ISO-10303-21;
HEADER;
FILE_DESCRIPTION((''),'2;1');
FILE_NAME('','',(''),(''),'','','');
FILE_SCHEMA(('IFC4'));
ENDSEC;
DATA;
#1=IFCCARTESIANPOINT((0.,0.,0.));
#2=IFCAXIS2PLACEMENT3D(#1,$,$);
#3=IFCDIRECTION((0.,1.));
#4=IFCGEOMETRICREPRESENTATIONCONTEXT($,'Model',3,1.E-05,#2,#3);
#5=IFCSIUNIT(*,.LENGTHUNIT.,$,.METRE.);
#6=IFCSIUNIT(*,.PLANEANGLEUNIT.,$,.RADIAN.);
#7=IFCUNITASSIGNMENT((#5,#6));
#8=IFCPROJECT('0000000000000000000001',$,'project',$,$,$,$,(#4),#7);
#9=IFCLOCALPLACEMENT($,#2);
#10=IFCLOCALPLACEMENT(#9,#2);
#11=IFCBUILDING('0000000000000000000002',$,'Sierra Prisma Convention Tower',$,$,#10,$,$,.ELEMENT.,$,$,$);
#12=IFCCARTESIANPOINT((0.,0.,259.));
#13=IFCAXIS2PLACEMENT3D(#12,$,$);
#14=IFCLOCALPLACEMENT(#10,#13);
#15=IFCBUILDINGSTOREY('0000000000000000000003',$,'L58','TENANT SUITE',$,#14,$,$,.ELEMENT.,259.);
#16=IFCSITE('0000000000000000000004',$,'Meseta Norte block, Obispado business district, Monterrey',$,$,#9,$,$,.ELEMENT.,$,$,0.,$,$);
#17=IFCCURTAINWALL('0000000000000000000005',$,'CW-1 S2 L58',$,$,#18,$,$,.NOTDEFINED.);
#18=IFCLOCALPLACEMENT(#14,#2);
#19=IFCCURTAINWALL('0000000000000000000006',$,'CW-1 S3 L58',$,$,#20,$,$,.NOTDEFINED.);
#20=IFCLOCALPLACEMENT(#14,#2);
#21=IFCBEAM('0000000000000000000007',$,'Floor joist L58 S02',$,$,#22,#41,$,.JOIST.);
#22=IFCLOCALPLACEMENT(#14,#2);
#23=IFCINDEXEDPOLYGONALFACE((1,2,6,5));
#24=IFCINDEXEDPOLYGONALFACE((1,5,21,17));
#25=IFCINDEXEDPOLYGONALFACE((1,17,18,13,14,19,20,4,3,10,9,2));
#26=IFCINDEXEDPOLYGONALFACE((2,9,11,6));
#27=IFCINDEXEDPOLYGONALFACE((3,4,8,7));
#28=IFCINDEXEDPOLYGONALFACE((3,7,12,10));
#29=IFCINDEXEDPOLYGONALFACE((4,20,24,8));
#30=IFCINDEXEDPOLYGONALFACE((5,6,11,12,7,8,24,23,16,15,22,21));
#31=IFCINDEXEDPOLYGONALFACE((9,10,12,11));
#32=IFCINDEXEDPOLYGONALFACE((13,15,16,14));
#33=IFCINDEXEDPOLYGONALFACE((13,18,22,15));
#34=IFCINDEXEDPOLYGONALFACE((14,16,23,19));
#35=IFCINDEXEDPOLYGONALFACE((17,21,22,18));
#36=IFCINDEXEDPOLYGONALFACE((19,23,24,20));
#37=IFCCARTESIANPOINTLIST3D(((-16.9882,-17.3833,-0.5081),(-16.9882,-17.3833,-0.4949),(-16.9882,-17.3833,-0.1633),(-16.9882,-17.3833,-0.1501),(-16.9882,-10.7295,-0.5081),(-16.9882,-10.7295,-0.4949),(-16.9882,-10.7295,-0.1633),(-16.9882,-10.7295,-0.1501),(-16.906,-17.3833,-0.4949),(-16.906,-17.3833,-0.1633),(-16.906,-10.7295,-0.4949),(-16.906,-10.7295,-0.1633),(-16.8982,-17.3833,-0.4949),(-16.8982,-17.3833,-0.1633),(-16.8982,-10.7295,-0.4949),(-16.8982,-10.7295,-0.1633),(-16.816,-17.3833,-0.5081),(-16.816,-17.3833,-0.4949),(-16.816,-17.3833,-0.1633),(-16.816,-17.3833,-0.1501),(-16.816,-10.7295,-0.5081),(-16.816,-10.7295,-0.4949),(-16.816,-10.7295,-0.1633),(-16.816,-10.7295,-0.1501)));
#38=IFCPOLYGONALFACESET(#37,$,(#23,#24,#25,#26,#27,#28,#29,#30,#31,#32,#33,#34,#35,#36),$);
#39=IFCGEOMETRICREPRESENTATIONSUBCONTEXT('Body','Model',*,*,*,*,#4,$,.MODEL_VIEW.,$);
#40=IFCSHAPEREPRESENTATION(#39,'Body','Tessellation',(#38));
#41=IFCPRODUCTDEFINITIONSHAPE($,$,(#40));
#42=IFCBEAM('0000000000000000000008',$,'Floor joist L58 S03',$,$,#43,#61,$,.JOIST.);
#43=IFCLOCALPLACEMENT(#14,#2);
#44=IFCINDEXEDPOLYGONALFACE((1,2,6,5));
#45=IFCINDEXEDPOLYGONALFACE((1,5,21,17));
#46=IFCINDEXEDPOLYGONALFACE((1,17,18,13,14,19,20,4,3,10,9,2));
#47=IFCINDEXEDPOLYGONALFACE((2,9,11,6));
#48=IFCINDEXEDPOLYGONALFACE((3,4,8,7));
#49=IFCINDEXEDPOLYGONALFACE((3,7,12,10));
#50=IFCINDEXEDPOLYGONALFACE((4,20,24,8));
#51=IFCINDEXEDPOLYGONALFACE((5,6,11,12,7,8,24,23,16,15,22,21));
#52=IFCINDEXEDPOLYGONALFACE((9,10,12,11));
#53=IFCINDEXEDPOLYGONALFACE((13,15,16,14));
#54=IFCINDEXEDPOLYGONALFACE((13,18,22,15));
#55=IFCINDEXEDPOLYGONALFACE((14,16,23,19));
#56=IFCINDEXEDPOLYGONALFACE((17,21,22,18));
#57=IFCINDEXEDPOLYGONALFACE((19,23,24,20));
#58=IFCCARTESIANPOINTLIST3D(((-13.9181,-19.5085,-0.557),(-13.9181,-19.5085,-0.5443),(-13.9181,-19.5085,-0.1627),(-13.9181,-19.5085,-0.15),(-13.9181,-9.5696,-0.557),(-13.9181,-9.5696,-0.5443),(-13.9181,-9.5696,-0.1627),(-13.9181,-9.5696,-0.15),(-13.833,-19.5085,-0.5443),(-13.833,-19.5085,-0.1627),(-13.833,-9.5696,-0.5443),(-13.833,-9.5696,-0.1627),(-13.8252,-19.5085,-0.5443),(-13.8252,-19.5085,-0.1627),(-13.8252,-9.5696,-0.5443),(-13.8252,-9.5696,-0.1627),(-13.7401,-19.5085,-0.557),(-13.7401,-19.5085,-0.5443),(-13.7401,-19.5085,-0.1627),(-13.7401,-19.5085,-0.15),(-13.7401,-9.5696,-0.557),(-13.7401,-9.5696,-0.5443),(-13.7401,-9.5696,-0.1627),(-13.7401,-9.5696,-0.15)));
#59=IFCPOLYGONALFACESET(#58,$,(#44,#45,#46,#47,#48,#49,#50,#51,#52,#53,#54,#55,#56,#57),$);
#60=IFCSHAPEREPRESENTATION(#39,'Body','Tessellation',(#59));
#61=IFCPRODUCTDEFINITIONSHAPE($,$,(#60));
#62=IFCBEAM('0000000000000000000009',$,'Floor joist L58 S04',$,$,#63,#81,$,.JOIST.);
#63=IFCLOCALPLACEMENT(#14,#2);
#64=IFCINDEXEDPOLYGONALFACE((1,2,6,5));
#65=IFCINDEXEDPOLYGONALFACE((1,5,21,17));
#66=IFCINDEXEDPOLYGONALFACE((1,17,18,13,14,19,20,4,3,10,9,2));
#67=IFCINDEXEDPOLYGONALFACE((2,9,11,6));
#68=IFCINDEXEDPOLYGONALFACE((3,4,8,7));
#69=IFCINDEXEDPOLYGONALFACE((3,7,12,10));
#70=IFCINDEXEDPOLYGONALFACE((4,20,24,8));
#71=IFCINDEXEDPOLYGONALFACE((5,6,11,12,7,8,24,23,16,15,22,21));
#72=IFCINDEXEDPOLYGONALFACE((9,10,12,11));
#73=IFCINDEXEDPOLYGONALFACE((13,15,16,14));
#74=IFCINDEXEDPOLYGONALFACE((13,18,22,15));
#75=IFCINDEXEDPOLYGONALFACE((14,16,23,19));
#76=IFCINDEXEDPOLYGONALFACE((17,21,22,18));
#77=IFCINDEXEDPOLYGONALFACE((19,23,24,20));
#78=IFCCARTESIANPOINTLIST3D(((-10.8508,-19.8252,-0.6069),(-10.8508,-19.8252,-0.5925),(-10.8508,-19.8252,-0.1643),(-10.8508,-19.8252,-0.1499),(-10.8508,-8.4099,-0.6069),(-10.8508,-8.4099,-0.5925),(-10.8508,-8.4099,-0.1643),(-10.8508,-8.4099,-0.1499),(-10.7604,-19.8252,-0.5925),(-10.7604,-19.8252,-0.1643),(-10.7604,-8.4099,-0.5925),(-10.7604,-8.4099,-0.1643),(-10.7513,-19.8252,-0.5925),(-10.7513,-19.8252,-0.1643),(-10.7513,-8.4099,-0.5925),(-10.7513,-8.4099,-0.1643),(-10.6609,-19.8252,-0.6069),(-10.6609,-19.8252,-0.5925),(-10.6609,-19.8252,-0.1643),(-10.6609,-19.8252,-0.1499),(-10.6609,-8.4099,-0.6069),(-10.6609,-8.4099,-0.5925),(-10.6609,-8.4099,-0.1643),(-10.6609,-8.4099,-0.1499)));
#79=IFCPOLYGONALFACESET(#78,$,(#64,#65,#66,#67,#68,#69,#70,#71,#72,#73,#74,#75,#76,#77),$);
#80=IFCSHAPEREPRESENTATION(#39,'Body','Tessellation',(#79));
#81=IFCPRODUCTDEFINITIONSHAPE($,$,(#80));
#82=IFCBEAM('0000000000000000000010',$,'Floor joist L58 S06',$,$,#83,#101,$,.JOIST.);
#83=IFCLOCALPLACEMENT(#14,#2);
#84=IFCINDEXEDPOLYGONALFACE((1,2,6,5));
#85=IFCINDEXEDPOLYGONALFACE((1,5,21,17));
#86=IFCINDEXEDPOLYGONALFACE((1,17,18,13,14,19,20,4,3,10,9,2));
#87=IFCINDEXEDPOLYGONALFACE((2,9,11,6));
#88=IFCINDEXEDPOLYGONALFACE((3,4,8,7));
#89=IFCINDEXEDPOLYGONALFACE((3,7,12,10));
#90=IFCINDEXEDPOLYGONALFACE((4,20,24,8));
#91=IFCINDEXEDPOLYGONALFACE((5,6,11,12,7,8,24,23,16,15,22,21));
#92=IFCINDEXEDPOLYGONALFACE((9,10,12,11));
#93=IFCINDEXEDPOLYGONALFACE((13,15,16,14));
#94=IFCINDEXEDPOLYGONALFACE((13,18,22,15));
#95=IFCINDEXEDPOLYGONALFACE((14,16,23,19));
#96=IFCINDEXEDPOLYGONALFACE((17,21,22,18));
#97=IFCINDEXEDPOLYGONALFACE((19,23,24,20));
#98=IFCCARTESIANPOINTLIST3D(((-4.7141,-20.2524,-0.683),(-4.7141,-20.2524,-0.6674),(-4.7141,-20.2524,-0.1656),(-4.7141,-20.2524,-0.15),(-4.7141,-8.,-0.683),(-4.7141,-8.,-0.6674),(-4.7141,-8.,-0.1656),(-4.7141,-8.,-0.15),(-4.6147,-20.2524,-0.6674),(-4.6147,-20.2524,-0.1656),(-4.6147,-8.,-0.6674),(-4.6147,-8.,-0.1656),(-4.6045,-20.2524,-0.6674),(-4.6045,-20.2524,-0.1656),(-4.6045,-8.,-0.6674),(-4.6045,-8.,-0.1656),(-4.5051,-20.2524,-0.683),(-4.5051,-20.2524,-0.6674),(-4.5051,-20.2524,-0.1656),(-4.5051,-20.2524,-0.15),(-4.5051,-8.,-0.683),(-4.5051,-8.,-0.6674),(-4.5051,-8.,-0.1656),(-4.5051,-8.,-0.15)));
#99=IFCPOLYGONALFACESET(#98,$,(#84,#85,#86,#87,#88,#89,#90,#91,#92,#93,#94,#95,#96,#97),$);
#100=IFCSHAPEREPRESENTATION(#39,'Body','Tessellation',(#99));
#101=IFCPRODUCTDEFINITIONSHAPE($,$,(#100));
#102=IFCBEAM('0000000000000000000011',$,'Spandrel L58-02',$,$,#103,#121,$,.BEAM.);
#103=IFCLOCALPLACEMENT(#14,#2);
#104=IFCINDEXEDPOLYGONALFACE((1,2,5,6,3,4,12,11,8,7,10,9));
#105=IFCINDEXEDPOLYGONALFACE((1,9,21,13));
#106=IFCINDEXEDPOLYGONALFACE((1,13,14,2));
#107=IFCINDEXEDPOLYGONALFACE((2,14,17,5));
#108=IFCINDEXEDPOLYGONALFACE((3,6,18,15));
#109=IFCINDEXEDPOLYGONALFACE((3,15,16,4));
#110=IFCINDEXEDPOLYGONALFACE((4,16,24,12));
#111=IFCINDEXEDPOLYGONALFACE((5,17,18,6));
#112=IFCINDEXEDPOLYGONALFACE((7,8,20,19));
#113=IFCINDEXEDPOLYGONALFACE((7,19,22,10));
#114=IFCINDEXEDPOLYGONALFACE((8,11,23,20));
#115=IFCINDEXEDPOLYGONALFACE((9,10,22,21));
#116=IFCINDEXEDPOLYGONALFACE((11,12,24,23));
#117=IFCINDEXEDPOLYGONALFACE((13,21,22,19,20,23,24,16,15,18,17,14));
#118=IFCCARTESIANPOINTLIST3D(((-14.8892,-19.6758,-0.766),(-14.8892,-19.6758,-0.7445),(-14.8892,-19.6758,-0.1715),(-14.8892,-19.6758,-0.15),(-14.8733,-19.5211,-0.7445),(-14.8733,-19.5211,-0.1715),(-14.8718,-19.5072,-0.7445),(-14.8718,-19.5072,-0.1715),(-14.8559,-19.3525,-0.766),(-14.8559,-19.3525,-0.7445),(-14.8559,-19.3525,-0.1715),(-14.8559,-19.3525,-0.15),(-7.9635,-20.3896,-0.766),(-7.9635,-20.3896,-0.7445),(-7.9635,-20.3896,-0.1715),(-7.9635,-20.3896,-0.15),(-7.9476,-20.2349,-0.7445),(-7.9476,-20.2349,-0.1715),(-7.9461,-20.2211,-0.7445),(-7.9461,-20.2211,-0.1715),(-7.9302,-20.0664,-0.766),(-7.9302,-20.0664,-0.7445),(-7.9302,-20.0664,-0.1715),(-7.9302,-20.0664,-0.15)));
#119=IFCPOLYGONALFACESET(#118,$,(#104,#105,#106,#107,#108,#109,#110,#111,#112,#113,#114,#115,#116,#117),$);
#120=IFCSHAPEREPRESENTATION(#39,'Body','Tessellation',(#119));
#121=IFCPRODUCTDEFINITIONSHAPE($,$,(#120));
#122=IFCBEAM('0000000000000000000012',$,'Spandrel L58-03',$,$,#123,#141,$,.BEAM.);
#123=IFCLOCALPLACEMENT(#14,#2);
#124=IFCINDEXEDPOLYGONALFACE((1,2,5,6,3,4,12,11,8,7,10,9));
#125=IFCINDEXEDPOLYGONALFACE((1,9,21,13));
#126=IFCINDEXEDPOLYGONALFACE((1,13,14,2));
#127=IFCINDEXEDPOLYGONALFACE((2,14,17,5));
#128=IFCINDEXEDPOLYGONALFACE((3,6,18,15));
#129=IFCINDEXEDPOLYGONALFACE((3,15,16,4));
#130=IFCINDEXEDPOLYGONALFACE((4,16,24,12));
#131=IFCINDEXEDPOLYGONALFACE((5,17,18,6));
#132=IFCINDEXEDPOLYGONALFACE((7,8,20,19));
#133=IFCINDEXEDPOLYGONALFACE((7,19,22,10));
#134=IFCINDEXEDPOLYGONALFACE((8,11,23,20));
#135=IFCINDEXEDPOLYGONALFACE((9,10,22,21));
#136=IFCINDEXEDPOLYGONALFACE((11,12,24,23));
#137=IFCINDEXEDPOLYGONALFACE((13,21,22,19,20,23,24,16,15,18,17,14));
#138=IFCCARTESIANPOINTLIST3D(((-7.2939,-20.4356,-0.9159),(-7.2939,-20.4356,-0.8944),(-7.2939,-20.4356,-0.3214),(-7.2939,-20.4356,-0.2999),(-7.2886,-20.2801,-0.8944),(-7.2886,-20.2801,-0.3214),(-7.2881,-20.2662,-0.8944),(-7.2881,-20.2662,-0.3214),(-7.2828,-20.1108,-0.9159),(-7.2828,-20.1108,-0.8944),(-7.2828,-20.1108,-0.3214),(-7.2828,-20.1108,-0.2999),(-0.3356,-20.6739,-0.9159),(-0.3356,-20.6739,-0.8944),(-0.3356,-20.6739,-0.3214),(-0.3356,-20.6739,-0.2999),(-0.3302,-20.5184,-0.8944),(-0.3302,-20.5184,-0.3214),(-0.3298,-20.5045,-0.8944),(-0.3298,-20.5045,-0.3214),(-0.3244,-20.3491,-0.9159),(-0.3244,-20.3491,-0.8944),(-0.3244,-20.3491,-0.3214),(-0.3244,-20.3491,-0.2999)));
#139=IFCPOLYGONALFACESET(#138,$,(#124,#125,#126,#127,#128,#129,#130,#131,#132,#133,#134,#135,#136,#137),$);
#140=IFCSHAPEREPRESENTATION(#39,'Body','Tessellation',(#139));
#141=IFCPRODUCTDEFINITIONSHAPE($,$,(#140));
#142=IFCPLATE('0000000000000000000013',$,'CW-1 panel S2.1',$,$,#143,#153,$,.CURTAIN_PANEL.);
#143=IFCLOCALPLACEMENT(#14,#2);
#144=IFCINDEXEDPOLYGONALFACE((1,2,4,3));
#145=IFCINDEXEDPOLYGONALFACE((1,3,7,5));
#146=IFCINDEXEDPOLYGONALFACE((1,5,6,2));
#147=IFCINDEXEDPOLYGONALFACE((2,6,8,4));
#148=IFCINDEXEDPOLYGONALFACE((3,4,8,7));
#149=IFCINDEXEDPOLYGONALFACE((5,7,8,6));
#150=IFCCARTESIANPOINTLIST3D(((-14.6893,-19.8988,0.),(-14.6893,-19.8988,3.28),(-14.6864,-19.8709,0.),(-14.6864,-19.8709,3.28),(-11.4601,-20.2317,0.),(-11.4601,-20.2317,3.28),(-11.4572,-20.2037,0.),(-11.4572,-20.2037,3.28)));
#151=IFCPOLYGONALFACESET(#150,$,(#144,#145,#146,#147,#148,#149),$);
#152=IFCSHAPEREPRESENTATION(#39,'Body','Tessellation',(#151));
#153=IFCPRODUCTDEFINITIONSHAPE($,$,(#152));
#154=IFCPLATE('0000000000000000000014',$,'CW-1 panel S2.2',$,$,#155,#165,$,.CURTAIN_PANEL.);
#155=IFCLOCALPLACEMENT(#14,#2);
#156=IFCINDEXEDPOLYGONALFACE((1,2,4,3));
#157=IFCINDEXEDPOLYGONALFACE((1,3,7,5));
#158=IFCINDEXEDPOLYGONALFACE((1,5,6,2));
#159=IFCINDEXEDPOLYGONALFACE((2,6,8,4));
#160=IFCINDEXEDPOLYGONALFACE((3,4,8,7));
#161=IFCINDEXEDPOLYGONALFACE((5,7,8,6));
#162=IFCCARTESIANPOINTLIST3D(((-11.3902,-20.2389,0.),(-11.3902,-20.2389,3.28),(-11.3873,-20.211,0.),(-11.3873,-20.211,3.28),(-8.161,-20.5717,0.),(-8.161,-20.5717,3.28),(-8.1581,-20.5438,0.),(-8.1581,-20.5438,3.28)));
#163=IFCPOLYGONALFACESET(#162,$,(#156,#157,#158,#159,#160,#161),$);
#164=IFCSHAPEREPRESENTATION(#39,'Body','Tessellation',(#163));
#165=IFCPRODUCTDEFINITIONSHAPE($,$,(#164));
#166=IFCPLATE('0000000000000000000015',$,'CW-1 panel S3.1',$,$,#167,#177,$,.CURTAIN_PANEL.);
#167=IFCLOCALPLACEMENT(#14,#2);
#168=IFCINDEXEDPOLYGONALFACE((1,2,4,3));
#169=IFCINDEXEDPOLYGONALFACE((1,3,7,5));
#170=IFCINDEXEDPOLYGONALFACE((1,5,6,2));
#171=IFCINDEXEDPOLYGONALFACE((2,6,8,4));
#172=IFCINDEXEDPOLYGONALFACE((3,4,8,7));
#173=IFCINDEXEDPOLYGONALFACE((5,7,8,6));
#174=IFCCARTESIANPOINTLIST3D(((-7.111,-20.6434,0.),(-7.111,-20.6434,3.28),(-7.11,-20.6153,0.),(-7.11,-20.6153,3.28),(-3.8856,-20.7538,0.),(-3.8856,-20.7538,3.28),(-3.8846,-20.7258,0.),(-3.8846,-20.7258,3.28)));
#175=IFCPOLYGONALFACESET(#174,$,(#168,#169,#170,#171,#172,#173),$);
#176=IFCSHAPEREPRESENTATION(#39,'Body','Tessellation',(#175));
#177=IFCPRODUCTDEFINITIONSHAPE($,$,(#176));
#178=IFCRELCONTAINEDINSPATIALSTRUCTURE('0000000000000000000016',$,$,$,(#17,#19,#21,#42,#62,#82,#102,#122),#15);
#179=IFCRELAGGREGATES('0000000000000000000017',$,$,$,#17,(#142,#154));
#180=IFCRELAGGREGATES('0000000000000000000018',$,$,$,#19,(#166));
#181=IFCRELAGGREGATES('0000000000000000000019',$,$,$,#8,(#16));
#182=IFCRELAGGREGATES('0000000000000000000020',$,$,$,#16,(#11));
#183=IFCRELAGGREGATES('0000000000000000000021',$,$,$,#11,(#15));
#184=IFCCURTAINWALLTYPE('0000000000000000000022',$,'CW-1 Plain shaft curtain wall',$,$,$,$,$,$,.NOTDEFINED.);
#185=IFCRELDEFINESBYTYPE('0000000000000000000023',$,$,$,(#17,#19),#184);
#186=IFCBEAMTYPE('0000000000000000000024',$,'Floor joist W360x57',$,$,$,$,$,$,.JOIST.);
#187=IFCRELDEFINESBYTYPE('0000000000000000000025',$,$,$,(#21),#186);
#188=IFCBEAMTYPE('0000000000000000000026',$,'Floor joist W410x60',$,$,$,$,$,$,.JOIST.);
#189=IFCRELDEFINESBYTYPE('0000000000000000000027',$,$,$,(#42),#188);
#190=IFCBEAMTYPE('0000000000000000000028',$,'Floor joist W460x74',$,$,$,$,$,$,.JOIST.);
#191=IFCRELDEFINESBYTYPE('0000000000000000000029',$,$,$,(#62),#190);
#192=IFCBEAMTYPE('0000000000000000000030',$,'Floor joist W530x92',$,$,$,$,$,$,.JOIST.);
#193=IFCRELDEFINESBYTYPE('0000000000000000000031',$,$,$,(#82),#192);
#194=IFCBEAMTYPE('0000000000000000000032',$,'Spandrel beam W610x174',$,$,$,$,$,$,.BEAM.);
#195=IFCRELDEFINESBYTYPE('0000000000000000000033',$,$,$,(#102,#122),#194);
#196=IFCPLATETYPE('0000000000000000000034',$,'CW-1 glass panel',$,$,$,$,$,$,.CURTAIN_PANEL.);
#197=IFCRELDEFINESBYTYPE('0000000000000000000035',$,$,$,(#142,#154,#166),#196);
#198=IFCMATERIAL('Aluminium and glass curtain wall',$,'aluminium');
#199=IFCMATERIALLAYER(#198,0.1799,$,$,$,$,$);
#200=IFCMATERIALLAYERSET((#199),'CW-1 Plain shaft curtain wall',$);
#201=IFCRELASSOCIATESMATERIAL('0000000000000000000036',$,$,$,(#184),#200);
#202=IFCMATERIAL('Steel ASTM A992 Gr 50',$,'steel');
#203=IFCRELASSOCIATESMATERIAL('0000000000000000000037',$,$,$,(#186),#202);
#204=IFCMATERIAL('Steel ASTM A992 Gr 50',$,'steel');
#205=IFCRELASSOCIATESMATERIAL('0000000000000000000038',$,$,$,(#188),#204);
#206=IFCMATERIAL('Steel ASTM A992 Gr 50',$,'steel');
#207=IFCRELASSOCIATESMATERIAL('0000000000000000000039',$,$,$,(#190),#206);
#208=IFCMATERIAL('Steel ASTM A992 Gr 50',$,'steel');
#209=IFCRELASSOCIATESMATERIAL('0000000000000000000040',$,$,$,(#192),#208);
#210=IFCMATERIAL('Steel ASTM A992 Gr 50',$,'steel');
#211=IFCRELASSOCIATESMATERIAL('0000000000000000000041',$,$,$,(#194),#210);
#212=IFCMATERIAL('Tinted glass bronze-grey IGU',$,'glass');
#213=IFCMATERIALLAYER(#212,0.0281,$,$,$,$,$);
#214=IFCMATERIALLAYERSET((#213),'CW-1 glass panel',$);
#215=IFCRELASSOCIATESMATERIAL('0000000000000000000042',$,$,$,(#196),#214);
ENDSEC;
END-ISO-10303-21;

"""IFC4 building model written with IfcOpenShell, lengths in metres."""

from ifc_helpers import new_model, si_unit, direction, frame, origin, origin_2d, place, context, subcontext, project, spatial, rectangle, i_section, extrude, material, layer, layer_set, material_profile, profile_set, type_object, element, aggregate, save


model = new_model("IFC4")

# Units and contexts
model_context = context("Model", 3, precision=1e-05, world=origin(), true_north=direction((0.0, 1.0)))
body_context = subcontext(model_context, "Body", "Model", "MODEL_VIEW")
ifc_project = project(units=[si_unit("LENGTHUNIT", "METRE"), si_unit("PLANEANGLEUNIT", "RADIAN")], contexts=[model_context])

# Site, building, storey
site_placement = place(None, origin())
site = spatial("IfcSite", under=ifc_project, at=site_placement, Name="Meseta Norte block, Obispado business district, Monterrey", CompositionType="ELEMENT", RefElevation=0.0)
building_placement = place(site_placement, origin())
building = spatial("IfcBuilding", under=site, at=building_placement, Name="Sierra Prisma Convention Tower", CompositionType="ELEMENT")
storey_placement = place(building_placement, frame((0.0, 0.0, 259.0)))
storey = spatial("IfcBuildingStorey", under=building, at=storey_placement, Name="L58", Description="TENANT SUITE", CompositionType="ELEMENT", Elevation=259.0)

# Curtain walls
ifc_material_1 = material(Name="Aluminium and glass curtain wall", Category="aluminium")
ifc_layer_1 = layer(ifc_material_1, 0.1799)
ifc_layer_set_1 = layer_set([ifc_layer_1], Name="CW-1 Plain shaft curtain wall")
curtain_wall_type_1 = type_object("IfcCurtainWallType", Name="CW-1 Plain shaft curtain wall", PredefinedType="NOTDEFINED", material=ifc_layer_set_1)
curtain_wall_1_placement = place(storey_placement, origin())
curtain_wall_1 = element("IfcCurtainWall", 1, at=curtain_wall_1_placement, inside=storey, type_object=curtain_wall_type_1, Name="CW-1 S2 L58", PredefinedType="NOTDEFINED")
curtain_wall_2_placement = place(storey_placement, origin())
curtain_wall_2 = element("IfcCurtainWall", 2, at=curtain_wall_2_placement, inside=storey, type_object=curtain_wall_type_1, Name="CW-1 S3 L58", PredefinedType="NOTDEFINED")

# Beams
ifc_material_2 = material(Name="Steel ASTM A992 Gr 50", Category="steel")
ifc_material_profile_1 = material_profile(ifc_material_2, i_section(OverallWidth=0.1721, OverallDepth=0.3579, WebThickness=0.0078, FlangeThickness=0.0132, at=origin_2d()), Name="W360x57")
ifc_profile_set_1 = profile_set([ifc_material_profile_1], Name="Steel ASTM A992 Gr 50")
beam_type_1 = type_object("IfcBeamType", Name="Floor joist W360x57", PredefinedType="JOIST", material=ifc_profile_set_1)
beam_1_placement = place(storey_placement, frame((-16.9021, -17.3833, -0.3291), z_axis=(0.0, 1.0, 0.0), x_axis=(-1.0, 0.0, 0.0)))
element("IfcBeam", 3, at=beam_1_placement, inside=storey, type_object=beam_type_1, Name="Floor joist L58 S02", PredefinedType="JOIST", context=body_context, shape_type="SweptSolid", body=[
    extrude(i_section(OverallWidth=0.1721, OverallDepth=0.3579, WebThickness=0.0078, FlangeThickness=0.0132, at=origin_2d()), origin(), (0.0, 0.0, 1.0), 6.6538),
])
ifc_material_3 = material(Name="Steel ASTM A992 Gr 50", Category="steel")
ifc_material_profile_2 = material_profile(ifc_material_3, i_section(OverallWidth=0.178, OverallDepth=0.407, WebThickness=0.0078, FlangeThickness=0.0127, at=origin_2d()), Name="W410x60")
ifc_profile_set_2 = profile_set([ifc_material_profile_2], Name="Steel ASTM A992 Gr 50")
beam_type_2 = type_object("IfcBeamType", Name="Floor joist W410x60", PredefinedType="JOIST", material=ifc_profile_set_2)
beam_2_placement = place(storey_placement, frame((-13.8291, -19.5085, -0.3535), z_axis=(0.0, 1.0, 0.0), x_axis=(-1.0, 0.0, 0.0)))
element("IfcBeam", 4, at=beam_2_placement, inside=storey, type_object=beam_type_2, Name="Floor joist L58 S03", PredefinedType="JOIST", context=body_context, shape_type="SweptSolid", body=[
    extrude(i_section(OverallWidth=0.178, OverallDepth=0.407, WebThickness=0.0078, FlangeThickness=0.0127, at=origin_2d()), origin(), (0.0, 0.0, 1.0), 9.939),
])
ifc_material_4 = material(Name="Steel ASTM A992 Gr 50", Category="steel")
ifc_material_profile_3 = material_profile(ifc_material_4, i_section(OverallWidth=0.1899, OverallDepth=0.457, WebThickness=0.009, FlangeThickness=0.0144, at=origin_2d()), Name="W460x74")
ifc_profile_set_3 = profile_set([ifc_material_profile_3], Name="Steel ASTM A992 Gr 50")
beam_type_3 = type_object("IfcBeamType", Name="Floor joist W460x74", PredefinedType="JOIST", material=ifc_profile_set_3)
beam_3_placement = place(storey_placement, frame((-10.7559, -19.8252, -0.3784), z_axis=(0.0, 1.0, 0.0), x_axis=(-1.0, 0.0, 0.0)))
element("IfcBeam", 5, at=beam_3_placement, inside=storey, type_object=beam_type_3, Name="Floor joist L58 S04", PredefinedType="JOIST", context=body_context, shape_type="SweptSolid", body=[
    extrude(i_section(OverallWidth=0.1899, OverallDepth=0.457, WebThickness=0.009, FlangeThickness=0.0144, at=origin_2d()), origin(), (0.0, 0.0, 1.0), 11.4153),
])
ifc_material_5 = material(Name="Steel ASTM A992 Gr 50", Category="steel")
ifc_material_profile_4 = material_profile(ifc_material_5, i_section(OverallWidth=0.209, OverallDepth=0.533, WebThickness=0.0103, FlangeThickness=0.0156, at=origin_2d()), Name="W530x92")
ifc_profile_set_4 = profile_set([ifc_material_profile_4], Name="Steel ASTM A992 Gr 50")
beam_type_4 = type_object("IfcBeamType", Name="Floor joist W530x92", PredefinedType="JOIST", material=ifc_profile_set_4)
beam_4_placement = place(storey_placement, frame((-4.6096, -20.2524, -0.4165), z_axis=(0.0, 1.0, 0.0), x_axis=(-1.0, 0.0, 0.0)))
element("IfcBeam", 6, at=beam_4_placement, inside=storey, type_object=beam_type_4, Name="Floor joist L58 S06", PredefinedType="JOIST", context=body_context, shape_type="SweptSolid", body=[
    extrude(i_section(OverallWidth=0.209, OverallDepth=0.533, WebThickness=0.0103, FlangeThickness=0.0156, at=origin_2d()), origin(), (0.0, 0.0, 1.0), 12.2524),
])
ifc_material_6 = material(Name="Steel ASTM A992 Gr 50", Category="steel")
ifc_material_profile_5 = material_profile(ifc_material_6, i_section(OverallWidth=0.325, OverallDepth=0.616, WebThickness=0.0139, FlangeThickness=0.0215, at=origin_2d()), Name="W610x174")
ifc_profile_set_5 = profile_set([ifc_material_profile_5], Name="Steel ASTM A992 Gr 50")
beam_type_5 = type_object("IfcBeamType", Name="Spandrel beam W610x174", PredefinedType="BEAM", material=ifc_profile_set_5)
for number, where, z_axis, x_axis, name in (
    (7, (-14.8726, -19.5142, -0.458), (0.99473, -0.102531, 0.0), (0.102531, 0.99473, 0.0), "Spandrel L58-02"),
    (8, (-7.2883, -20.2732, -0.6079), (0.999414, -0.034224, 0.0), (0.034224, 0.999414, 0.0), "Spandrel L58-03"),
):
    element("IfcBeam", number, at=place(storey_placement, frame(where, z_axis=z_axis, x_axis=x_axis)), inside=storey, type_object=beam_type_5, Name=name, PredefinedType="BEAM", context=body_context, shape_type="SweptSolid", body=[
        extrude(i_section(OverallWidth=0.325, OverallDepth=0.616, WebThickness=0.0139, FlangeThickness=0.0215, at=origin_2d()), origin(), (0.0, 0.0, 1.0), 6.9624),
    ])

# Plates
ifc_material_7 = material(Name="Tinted glass bronze-grey IGU", Category="glass")
ifc_layer_2 = layer(ifc_material_7, 0.0281)
ifc_layer_set_2 = layer_set([ifc_layer_2], Name="CW-1 glass panel")
plate_type_1 = type_object("IfcPlateType", Name="CW-1 glass panel", PredefinedType="CURTAIN_PANEL", material=ifc_layer_set_2)
plate_1_placement = place(storey_placement, frame((-13.0732, -20.0513, 0.0), z_axis=(0.0, 0.0, 1.0), x_axis=(0.99473, -0.102529, 0.0)))
plate_1 = element("IfcPlate", 9, at=plate_1_placement, type_object=plate_type_1, Name="CW-1 panel S2.1", PredefinedType="CURTAIN_PANEL", context=body_context, shape_type="SweptSolid", body=[
    extrude(rectangle(XDim=3.2463, YDim=0.0281, at=origin_2d()), origin(), (0.0, 0.0, 1.0), 3.28),
])
plate_2_placement = place(storey_placement, frame((-9.7742, -20.3914, 0.0), z_axis=(0.0, 0.0, 1.0), x_axis=(0.99473, -0.102529, 0.0)))
plate_2 = element("IfcPlate", 10, at=plate_2_placement, type_object=plate_type_1, Name="CW-1 panel S2.2", PredefinedType="CURTAIN_PANEL", context=body_context, shape_type="SweptSolid", body=[
    extrude(rectangle(XDim=3.2463, YDim=0.0281, at=origin_2d()), origin(), (0.0, 0.0, 1.0), 3.28),
])
aggregate(curtain_wall_1, [plate_1, plate_2])
plate_3_placement = place(storey_placement, frame((-5.4978, -20.6846, 0.0), z_axis=(0.0, 0.0, 1.0), x_axis=(0.999414, -0.03423, 0.0)))
plate_3 = element("IfcPlate", 11, at=plate_3_placement, type_object=plate_type_1, Name="CW-1 panel S3.1", PredefinedType="CURTAIN_PANEL", context=body_context, shape_type="SweptSolid", body=[
    extrude(rectangle(XDim=3.2273, YDim=0.0281, at=origin_2d()), origin(), (0.0, 0.0, 1.0), 3.28),
])
aggregate(curtain_wall_2, [plate_3])

save(model, "model.ifc")
